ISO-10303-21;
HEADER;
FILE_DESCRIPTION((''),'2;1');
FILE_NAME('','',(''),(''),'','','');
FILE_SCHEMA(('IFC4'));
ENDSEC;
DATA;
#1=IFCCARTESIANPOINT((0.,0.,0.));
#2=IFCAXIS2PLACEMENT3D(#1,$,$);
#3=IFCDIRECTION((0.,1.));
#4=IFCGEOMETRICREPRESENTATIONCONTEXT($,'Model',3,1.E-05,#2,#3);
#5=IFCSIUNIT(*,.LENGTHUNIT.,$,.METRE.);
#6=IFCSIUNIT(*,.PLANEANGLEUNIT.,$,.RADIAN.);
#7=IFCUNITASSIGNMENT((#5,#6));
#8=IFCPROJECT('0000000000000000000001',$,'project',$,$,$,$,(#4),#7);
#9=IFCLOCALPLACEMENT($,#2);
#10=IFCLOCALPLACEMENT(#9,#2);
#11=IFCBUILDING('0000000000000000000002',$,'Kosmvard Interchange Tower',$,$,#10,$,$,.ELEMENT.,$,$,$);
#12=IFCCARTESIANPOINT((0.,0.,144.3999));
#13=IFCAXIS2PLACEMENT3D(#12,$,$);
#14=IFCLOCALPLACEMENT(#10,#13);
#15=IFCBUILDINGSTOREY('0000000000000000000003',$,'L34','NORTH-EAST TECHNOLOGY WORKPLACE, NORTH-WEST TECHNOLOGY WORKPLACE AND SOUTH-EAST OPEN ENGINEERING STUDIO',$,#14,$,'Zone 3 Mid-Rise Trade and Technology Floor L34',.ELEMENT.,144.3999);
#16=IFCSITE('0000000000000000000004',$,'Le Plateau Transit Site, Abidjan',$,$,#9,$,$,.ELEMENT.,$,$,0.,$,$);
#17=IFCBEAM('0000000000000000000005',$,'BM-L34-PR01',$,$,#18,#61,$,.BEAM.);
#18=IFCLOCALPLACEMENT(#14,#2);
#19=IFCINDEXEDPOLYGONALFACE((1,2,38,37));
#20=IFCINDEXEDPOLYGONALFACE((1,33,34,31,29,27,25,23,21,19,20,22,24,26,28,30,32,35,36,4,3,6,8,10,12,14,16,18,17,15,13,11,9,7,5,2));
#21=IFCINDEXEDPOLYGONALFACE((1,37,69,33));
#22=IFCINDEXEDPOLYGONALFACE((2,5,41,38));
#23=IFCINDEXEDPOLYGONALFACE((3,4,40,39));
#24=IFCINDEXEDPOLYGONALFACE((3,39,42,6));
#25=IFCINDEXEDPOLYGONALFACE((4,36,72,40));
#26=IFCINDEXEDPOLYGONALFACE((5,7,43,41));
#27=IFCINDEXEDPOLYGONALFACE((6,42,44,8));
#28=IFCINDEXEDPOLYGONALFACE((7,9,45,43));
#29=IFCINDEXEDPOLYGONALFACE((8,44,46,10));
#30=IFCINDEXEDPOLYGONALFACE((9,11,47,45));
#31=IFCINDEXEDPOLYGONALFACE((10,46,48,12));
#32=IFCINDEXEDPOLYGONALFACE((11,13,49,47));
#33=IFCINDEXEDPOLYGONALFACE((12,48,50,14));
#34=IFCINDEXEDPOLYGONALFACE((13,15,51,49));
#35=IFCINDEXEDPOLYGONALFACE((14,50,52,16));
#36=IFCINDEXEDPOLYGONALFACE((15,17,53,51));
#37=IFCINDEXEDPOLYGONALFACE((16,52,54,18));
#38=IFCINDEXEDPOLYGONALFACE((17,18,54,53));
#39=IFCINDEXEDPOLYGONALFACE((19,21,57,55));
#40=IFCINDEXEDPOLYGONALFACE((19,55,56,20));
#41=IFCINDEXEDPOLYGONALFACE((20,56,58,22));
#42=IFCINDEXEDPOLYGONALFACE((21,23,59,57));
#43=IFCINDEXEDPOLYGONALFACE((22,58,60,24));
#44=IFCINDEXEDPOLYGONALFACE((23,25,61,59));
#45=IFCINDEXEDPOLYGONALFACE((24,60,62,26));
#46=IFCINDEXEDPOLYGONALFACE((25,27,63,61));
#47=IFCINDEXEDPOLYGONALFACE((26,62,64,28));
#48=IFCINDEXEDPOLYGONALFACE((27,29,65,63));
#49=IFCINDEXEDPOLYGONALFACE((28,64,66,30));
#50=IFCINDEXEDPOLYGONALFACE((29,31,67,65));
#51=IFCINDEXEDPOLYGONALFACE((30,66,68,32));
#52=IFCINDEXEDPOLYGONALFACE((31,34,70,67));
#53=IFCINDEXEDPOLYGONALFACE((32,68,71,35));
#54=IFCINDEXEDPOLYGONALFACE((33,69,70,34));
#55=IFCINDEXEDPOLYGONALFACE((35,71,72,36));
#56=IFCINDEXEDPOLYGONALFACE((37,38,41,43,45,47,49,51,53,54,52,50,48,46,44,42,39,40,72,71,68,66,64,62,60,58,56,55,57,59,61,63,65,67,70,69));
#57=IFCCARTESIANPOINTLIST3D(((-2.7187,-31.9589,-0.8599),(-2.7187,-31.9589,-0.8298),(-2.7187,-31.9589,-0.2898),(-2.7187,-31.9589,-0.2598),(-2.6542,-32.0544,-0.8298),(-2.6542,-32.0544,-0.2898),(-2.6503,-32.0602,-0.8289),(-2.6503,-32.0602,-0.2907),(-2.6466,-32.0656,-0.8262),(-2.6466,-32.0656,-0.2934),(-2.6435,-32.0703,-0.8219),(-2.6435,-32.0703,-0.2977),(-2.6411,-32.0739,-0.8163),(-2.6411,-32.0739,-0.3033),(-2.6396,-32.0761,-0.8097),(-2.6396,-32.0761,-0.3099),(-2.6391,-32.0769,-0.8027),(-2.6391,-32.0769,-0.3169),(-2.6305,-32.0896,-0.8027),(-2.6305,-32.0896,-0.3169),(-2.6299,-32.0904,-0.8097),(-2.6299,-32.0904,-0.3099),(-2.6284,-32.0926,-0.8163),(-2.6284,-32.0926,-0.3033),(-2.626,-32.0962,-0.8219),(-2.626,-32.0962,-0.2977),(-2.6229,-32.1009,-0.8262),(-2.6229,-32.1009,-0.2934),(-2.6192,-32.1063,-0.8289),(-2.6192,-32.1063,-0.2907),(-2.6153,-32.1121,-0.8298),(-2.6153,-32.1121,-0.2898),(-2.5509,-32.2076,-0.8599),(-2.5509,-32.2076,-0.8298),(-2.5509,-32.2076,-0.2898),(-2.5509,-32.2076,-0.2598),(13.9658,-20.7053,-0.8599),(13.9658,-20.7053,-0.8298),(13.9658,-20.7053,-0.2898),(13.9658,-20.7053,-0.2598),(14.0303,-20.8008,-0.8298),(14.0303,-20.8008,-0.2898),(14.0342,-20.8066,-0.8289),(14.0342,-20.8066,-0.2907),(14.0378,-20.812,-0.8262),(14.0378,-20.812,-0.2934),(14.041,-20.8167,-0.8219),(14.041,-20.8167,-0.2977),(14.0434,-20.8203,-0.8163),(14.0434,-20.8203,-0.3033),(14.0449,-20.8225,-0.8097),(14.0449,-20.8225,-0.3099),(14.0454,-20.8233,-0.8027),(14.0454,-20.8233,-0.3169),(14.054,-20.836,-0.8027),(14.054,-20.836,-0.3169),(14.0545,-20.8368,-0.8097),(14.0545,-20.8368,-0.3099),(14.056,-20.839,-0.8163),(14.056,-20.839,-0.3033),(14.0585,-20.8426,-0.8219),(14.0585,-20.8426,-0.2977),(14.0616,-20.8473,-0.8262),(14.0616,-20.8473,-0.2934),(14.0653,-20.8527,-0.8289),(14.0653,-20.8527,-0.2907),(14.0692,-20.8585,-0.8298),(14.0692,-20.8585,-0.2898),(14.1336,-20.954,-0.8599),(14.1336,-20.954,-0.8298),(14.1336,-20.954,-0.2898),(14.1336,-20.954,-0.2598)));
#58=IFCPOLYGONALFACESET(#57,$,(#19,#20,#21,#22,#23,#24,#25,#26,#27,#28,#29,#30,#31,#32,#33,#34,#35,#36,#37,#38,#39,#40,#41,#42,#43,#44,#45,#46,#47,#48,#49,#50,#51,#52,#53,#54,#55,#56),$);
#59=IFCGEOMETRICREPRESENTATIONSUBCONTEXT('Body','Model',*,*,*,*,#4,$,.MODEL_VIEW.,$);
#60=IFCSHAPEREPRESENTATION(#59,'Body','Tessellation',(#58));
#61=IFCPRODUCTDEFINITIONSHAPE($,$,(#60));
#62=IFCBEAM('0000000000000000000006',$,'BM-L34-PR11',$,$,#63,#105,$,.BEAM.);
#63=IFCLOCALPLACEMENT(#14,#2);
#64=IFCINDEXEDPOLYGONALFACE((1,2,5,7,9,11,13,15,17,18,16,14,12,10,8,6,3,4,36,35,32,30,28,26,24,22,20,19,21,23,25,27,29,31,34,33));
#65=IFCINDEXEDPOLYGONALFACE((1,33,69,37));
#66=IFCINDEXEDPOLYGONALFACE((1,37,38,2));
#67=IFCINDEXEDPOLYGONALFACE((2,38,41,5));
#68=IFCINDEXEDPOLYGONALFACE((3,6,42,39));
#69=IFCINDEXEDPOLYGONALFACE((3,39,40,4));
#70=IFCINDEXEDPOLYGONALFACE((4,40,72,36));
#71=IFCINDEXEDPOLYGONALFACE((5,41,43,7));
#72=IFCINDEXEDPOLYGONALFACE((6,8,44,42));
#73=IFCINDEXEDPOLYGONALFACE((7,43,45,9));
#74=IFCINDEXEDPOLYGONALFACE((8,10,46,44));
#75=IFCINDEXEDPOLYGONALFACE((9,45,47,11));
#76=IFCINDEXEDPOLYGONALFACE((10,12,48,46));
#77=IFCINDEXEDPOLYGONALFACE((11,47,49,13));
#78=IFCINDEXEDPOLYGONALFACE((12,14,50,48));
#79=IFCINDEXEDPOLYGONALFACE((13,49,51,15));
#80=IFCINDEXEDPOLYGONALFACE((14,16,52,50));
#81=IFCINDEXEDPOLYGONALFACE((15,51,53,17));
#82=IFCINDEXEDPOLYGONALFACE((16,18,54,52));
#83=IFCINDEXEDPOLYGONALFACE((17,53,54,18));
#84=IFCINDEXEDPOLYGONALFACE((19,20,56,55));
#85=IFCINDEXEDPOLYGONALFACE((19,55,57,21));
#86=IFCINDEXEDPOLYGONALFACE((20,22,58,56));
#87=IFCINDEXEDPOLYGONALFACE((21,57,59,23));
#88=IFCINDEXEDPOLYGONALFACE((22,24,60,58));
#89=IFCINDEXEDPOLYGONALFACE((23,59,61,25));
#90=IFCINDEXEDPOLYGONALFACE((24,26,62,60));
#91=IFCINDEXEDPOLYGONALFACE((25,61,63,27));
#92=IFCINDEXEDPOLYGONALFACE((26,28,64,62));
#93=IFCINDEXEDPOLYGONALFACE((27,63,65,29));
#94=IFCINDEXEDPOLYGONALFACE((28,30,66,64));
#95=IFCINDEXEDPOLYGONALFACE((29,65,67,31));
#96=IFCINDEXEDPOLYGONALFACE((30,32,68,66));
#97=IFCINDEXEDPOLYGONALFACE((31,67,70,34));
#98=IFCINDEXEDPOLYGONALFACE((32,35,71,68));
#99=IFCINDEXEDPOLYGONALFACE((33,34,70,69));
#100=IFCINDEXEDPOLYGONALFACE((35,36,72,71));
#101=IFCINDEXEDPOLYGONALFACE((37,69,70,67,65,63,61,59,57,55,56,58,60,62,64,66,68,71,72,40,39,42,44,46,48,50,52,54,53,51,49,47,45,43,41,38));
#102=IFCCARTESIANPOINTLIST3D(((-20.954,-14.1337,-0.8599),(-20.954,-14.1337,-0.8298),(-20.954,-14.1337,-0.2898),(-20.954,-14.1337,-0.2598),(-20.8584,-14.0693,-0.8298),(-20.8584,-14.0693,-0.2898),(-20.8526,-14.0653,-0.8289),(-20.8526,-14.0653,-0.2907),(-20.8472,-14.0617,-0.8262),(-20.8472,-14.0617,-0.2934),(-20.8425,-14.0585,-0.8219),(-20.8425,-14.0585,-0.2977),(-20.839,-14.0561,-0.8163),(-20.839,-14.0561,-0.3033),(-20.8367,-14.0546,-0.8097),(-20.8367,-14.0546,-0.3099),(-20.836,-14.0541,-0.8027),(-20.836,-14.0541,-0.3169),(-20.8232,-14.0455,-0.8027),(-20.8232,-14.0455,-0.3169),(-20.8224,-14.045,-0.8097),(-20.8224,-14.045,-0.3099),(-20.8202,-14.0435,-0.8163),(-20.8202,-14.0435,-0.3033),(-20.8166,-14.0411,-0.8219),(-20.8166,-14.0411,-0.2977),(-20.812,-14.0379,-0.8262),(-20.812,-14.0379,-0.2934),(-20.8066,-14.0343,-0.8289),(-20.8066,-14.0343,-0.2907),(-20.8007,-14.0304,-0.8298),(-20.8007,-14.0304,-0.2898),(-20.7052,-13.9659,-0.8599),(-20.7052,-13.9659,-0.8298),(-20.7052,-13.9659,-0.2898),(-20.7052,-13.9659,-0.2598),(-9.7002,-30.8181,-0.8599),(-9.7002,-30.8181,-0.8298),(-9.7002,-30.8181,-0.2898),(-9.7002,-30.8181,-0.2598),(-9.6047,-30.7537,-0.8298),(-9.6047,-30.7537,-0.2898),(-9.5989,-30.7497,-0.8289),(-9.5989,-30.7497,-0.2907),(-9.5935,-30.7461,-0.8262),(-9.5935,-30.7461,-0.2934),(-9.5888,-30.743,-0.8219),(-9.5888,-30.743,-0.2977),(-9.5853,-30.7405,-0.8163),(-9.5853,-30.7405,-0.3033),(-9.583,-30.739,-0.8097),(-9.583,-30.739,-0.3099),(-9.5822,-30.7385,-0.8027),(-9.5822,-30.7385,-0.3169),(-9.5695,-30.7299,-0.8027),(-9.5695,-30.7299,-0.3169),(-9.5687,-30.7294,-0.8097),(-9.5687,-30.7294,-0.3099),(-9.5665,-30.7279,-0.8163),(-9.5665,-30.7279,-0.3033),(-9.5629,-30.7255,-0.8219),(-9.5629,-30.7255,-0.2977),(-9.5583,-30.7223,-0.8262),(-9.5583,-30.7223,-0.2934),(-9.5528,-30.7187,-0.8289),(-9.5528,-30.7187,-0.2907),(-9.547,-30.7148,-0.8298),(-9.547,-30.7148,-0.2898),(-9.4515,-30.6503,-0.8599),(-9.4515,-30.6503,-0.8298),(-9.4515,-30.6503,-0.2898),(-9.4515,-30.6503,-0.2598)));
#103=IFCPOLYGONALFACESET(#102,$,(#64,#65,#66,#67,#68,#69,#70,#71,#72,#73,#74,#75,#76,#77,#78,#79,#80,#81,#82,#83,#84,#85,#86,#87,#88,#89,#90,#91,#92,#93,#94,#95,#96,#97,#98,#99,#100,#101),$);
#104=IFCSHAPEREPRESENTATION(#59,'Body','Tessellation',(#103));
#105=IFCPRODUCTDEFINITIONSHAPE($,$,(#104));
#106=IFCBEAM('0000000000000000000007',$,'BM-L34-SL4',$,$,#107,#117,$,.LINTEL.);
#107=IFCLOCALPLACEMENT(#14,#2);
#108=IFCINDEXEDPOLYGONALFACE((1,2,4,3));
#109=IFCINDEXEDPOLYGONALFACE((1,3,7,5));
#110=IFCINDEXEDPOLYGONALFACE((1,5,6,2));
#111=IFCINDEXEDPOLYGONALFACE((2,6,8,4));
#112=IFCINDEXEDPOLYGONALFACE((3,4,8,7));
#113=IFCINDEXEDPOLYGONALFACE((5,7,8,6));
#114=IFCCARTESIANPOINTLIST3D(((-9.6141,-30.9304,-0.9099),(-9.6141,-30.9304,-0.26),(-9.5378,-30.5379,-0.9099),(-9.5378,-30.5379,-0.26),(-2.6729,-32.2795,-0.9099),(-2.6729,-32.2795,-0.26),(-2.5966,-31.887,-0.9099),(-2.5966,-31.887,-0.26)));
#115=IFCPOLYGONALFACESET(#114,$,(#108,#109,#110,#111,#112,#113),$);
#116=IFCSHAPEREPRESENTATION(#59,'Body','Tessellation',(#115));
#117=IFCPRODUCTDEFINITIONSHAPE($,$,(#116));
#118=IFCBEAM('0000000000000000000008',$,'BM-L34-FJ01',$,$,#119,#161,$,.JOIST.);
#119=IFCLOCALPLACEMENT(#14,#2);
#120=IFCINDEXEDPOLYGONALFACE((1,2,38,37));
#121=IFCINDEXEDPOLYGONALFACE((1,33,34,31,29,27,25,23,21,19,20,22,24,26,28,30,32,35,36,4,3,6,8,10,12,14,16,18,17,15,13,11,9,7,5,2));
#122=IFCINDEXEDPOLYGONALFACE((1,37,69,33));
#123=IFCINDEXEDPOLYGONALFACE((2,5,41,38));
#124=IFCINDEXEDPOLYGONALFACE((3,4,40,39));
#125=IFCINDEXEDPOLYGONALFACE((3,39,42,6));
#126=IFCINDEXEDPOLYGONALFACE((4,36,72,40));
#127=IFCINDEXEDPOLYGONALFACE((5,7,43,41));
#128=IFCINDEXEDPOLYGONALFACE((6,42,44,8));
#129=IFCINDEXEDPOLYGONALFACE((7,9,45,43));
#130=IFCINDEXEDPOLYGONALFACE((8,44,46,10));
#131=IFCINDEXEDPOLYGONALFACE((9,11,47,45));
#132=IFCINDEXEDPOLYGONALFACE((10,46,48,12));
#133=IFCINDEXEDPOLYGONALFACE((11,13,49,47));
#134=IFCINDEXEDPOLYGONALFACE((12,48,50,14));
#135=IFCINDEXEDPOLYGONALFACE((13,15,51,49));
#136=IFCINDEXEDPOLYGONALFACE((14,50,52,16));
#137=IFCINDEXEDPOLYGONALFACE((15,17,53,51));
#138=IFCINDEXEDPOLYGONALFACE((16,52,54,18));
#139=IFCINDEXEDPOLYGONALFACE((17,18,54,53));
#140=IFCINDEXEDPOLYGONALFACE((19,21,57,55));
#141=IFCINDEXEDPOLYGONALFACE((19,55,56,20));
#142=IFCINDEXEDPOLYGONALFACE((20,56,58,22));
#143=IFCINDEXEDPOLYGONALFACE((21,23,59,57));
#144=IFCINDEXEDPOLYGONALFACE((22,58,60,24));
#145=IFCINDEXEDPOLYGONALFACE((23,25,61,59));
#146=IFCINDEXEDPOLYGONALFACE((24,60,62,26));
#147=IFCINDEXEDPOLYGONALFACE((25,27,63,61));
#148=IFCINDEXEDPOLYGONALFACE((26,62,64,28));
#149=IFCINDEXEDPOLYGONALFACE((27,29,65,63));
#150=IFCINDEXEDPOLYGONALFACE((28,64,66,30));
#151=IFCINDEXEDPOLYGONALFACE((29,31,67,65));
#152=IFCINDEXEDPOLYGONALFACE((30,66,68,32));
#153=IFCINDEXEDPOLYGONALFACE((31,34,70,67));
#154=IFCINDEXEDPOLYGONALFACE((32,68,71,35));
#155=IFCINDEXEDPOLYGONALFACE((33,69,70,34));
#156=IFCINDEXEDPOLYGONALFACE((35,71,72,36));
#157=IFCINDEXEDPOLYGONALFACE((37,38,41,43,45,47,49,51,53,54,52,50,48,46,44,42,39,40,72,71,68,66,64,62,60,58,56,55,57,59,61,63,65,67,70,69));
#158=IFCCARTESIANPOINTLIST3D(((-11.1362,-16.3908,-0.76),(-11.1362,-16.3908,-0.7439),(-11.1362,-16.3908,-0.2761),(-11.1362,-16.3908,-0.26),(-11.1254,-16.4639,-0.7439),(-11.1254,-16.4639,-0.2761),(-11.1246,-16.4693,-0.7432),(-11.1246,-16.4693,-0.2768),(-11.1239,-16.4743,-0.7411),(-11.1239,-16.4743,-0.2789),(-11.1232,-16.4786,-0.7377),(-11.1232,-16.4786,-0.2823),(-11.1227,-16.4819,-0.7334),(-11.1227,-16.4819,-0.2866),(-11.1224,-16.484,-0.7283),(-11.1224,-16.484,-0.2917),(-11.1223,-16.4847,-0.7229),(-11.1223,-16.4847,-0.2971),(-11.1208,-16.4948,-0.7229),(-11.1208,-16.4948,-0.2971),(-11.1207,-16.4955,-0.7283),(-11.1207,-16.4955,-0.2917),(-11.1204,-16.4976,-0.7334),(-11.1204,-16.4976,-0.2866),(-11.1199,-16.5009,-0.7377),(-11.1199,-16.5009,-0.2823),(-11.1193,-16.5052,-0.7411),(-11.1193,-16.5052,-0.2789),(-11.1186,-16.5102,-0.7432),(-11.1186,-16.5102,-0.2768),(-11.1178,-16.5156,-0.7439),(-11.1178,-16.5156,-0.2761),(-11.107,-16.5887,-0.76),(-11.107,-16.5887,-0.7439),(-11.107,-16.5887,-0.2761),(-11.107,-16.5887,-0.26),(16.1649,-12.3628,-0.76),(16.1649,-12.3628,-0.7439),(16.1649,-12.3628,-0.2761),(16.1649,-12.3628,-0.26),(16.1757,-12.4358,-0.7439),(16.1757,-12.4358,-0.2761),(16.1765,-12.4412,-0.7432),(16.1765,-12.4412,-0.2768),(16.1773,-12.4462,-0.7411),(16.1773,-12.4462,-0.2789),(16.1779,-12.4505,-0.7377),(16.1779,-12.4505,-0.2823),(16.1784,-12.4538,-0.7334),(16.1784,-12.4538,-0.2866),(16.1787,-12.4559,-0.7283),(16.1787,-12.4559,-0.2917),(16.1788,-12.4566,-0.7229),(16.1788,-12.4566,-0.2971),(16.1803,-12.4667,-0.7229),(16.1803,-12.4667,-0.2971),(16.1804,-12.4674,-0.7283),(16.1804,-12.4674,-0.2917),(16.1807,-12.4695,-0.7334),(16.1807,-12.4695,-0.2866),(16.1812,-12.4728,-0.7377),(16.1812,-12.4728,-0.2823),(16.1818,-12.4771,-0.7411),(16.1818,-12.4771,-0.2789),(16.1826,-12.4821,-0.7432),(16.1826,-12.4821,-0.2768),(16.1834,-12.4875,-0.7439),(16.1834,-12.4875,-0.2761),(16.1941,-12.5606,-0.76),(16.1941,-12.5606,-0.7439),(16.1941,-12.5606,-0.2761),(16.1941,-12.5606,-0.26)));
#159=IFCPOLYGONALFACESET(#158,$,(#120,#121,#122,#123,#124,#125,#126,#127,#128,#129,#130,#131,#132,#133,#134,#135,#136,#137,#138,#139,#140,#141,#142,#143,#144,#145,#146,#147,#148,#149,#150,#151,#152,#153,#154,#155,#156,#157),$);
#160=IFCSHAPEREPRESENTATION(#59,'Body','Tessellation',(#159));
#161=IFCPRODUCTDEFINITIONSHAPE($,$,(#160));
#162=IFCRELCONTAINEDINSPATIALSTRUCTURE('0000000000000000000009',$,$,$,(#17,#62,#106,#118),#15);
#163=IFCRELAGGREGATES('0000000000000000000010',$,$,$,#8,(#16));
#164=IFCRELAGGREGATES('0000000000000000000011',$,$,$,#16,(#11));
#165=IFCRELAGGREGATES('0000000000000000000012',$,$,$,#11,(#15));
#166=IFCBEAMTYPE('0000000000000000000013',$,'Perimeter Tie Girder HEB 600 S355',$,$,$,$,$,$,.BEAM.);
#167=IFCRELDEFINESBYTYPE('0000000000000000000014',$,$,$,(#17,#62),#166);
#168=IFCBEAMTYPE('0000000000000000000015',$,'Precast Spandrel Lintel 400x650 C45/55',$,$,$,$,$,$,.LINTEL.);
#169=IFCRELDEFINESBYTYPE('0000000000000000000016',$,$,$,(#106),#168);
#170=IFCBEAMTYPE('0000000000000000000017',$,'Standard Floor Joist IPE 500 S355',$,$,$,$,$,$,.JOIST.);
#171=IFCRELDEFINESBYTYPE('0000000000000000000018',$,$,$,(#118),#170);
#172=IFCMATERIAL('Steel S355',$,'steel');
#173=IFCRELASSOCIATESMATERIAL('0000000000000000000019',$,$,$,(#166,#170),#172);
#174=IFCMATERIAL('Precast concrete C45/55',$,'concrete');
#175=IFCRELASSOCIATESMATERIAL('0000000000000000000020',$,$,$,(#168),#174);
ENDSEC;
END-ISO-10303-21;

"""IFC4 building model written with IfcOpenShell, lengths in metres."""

from ifc_helpers import new_model, si_unit, direction, frame, origin, origin_2d, place, context, subcontext, project, spatial, rectangle, i_section, extrude, source, transform, mapped, material, material_profile, profile_set, type_object, element, save


model = new_model("IFC4")

# Units and contexts
model_context = context("Model", 3, precision=1e-05, world=origin(), true_north=direction((0.0, 1.0)))
body_context = subcontext(model_context, "Body", "Model", "MODEL_VIEW")
ifc_project = project(units=[si_unit("LENGTHUNIT", "METRE"), si_unit("PLANEANGLEUNIT", "RADIAN")], contexts=[model_context])

# Site, building, storey
site_placement = place(None, origin())
site = spatial("IfcSite", under=ifc_project, at=site_placement, Name="Le Plateau Transit Site, Abidjan", CompositionType="ELEMENT", RefElevation=0.0)
building_placement = place(site_placement, origin())
building = spatial("IfcBuilding", under=site, at=building_placement, Name="Kosmvard Interchange Tower", CompositionType="ELEMENT")
storey_placement = place(building_placement, frame((0.0, 0.0, 144.3999)))
storey = spatial("IfcBuildingStorey", under=building, at=storey_placement, Name="L34", Description="NORTH-EAST TECHNOLOGY WORKPLACE, NORTH-WEST TECHNOLOGY WORKPLACE AND SOUTH-EAST OPEN ENGINEERING STUDIO", LongName="Zone 3 Mid-Rise Trade and Technology Floor L34", CompositionType="ELEMENT", Elevation=144.3999)

# Beams
ifc_material_1 = material(Name="Steel S355", Category="steel")
ifc_material_profile_1 = material_profile(ifc_material_1, i_section(OverallWidth=0.3, OverallDepth=0.6001, WebThickness=0.0154, FlangeThickness=0.03, FilletRadius=0.0271, at=origin_2d()), Name="HEB 600")
ifc_profile_set_1 = profile_set([ifc_material_profile_1], Name="Steel S355")
beam_type_1 = type_object("IfcBeamType", Name="Perimeter Tie Girder HEB 600 S355", PredefinedType="BEAM", material=ifc_profile_set_1)
shared_shape_1 = source(origin(), body_context, "Body", "SweptSolid", [
    extrude(i_section(OverallWidth=0.3, OverallDepth=0.6001, WebThickness=0.0154, FlangeThickness=0.03, FilletRadius=0.0271, at=origin_2d()), origin(), (0.0, 0.0, 1.0), 20.125),
])
for number, where, z_axis, x_axis, name in (
    (1, (-2.6348, -32.0833, -0.5598), (0.829043, 0.559185, 0.0), (-0.559185, 0.829043, 0.0), "BM-L34-PR01"),
    (2, (-20.8296, -14.0498, -0.5598), (0.559191, -0.829039, 0.0), (0.829039, 0.559191, 0.0), "BM-L34-PR11"),
):
    element("IfcBeam", number, at=place(storey_placement, frame(where, z_axis=z_axis, x_axis=x_axis)), inside=storey, type_object=beam_type_1, Name=name, PredefinedType="BEAM", context=body_context, shape_type="MappedRepresentation", body=[
        mapped(shared_shape_1, transform((0.0, 0.0, 0.0), scale=1.0)),
    ])
ifc_material_2 = material(Name="Precast concrete C45/55", Category="concrete")
ifc_material_profile_2 = material_profile(ifc_material_2, rectangle(XDim=0.3999, YDim=0.6499, at=origin_2d()), Name="SL 400x650")
ifc_profile_set_2 = profile_set([ifc_material_profile_2], Name="Precast concrete C45/55")
beam_type_2 = type_object("IfcBeamType", Name="Precast Spandrel Lintel 400x650 C45/55", PredefinedType="LINTEL", material=ifc_profile_set_2)
shared_shape_2 = source(origin(), body_context, "Body", "SweptSolid", [
    extrude(rectangle(XDim=0.3999, YDim=0.6499, at=origin_2d()), origin(), (0.0, 0.0, 1.0), 7.071),
])
beam_1_placement = place(storey_placement, frame((-9.5759, -30.7341, -0.585), z_axis=(0.98163, -0.190795, 0.0), x_axis=(0.190795, 0.98163, 0.0)))
element("IfcBeam", 3, at=beam_1_placement, inside=storey, type_object=beam_type_2, Name="BM-L34-SL4", PredefinedType="LINTEL", context=body_context, shape_type="MappedRepresentation", body=[
    mapped(shared_shape_2, transform((0.0, 0.0, 0.0), scale=1.0)),
])
ifc_material_profile_3 = material_profile(ifc_material_1, i_section(OverallWidth=0.2, OverallDepth=0.5, WebThickness=0.0103, FlangeThickness=0.0161, FilletRadius=0.021, at=origin_2d()), Name="IPE 500")
ifc_profile_set_3 = profile_set([ifc_material_profile_3], Name="Steel S355")
beam_type_3 = type_object("IfcBeamType", Name="Standard Floor Joist IPE 500 S355", PredefinedType="JOIST", material=ifc_profile_set_3)
shared_shape_3 = source(origin(), body_context, "Body", "SweptSolid", [
    extrude(i_section(OverallWidth=0.2, OverallDepth=0.5, WebThickness=0.0103, FlangeThickness=0.0161, FilletRadius=0.021, at=origin_2d()), origin(), (0.0, 0.0, 1.0), 27.5967),
])
beam_2_placement = place(storey_placement, frame((-11.1216, -16.4897, -0.51), z_axis=(0.98929, 0.145963, 0.0), x_axis=(-0.145963, 0.98929, 0.0)))
element("IfcBeam", 4, at=beam_2_placement, inside=storey, type_object=beam_type_3, Name="BM-L34-FJ01", PredefinedType="JOIST", context=body_context, shape_type="MappedRepresentation", body=[
    mapped(shared_shape_3, transform((0.0, 0.0, 0.0), scale=1.0)),
])

save(model, "model.ifc")
